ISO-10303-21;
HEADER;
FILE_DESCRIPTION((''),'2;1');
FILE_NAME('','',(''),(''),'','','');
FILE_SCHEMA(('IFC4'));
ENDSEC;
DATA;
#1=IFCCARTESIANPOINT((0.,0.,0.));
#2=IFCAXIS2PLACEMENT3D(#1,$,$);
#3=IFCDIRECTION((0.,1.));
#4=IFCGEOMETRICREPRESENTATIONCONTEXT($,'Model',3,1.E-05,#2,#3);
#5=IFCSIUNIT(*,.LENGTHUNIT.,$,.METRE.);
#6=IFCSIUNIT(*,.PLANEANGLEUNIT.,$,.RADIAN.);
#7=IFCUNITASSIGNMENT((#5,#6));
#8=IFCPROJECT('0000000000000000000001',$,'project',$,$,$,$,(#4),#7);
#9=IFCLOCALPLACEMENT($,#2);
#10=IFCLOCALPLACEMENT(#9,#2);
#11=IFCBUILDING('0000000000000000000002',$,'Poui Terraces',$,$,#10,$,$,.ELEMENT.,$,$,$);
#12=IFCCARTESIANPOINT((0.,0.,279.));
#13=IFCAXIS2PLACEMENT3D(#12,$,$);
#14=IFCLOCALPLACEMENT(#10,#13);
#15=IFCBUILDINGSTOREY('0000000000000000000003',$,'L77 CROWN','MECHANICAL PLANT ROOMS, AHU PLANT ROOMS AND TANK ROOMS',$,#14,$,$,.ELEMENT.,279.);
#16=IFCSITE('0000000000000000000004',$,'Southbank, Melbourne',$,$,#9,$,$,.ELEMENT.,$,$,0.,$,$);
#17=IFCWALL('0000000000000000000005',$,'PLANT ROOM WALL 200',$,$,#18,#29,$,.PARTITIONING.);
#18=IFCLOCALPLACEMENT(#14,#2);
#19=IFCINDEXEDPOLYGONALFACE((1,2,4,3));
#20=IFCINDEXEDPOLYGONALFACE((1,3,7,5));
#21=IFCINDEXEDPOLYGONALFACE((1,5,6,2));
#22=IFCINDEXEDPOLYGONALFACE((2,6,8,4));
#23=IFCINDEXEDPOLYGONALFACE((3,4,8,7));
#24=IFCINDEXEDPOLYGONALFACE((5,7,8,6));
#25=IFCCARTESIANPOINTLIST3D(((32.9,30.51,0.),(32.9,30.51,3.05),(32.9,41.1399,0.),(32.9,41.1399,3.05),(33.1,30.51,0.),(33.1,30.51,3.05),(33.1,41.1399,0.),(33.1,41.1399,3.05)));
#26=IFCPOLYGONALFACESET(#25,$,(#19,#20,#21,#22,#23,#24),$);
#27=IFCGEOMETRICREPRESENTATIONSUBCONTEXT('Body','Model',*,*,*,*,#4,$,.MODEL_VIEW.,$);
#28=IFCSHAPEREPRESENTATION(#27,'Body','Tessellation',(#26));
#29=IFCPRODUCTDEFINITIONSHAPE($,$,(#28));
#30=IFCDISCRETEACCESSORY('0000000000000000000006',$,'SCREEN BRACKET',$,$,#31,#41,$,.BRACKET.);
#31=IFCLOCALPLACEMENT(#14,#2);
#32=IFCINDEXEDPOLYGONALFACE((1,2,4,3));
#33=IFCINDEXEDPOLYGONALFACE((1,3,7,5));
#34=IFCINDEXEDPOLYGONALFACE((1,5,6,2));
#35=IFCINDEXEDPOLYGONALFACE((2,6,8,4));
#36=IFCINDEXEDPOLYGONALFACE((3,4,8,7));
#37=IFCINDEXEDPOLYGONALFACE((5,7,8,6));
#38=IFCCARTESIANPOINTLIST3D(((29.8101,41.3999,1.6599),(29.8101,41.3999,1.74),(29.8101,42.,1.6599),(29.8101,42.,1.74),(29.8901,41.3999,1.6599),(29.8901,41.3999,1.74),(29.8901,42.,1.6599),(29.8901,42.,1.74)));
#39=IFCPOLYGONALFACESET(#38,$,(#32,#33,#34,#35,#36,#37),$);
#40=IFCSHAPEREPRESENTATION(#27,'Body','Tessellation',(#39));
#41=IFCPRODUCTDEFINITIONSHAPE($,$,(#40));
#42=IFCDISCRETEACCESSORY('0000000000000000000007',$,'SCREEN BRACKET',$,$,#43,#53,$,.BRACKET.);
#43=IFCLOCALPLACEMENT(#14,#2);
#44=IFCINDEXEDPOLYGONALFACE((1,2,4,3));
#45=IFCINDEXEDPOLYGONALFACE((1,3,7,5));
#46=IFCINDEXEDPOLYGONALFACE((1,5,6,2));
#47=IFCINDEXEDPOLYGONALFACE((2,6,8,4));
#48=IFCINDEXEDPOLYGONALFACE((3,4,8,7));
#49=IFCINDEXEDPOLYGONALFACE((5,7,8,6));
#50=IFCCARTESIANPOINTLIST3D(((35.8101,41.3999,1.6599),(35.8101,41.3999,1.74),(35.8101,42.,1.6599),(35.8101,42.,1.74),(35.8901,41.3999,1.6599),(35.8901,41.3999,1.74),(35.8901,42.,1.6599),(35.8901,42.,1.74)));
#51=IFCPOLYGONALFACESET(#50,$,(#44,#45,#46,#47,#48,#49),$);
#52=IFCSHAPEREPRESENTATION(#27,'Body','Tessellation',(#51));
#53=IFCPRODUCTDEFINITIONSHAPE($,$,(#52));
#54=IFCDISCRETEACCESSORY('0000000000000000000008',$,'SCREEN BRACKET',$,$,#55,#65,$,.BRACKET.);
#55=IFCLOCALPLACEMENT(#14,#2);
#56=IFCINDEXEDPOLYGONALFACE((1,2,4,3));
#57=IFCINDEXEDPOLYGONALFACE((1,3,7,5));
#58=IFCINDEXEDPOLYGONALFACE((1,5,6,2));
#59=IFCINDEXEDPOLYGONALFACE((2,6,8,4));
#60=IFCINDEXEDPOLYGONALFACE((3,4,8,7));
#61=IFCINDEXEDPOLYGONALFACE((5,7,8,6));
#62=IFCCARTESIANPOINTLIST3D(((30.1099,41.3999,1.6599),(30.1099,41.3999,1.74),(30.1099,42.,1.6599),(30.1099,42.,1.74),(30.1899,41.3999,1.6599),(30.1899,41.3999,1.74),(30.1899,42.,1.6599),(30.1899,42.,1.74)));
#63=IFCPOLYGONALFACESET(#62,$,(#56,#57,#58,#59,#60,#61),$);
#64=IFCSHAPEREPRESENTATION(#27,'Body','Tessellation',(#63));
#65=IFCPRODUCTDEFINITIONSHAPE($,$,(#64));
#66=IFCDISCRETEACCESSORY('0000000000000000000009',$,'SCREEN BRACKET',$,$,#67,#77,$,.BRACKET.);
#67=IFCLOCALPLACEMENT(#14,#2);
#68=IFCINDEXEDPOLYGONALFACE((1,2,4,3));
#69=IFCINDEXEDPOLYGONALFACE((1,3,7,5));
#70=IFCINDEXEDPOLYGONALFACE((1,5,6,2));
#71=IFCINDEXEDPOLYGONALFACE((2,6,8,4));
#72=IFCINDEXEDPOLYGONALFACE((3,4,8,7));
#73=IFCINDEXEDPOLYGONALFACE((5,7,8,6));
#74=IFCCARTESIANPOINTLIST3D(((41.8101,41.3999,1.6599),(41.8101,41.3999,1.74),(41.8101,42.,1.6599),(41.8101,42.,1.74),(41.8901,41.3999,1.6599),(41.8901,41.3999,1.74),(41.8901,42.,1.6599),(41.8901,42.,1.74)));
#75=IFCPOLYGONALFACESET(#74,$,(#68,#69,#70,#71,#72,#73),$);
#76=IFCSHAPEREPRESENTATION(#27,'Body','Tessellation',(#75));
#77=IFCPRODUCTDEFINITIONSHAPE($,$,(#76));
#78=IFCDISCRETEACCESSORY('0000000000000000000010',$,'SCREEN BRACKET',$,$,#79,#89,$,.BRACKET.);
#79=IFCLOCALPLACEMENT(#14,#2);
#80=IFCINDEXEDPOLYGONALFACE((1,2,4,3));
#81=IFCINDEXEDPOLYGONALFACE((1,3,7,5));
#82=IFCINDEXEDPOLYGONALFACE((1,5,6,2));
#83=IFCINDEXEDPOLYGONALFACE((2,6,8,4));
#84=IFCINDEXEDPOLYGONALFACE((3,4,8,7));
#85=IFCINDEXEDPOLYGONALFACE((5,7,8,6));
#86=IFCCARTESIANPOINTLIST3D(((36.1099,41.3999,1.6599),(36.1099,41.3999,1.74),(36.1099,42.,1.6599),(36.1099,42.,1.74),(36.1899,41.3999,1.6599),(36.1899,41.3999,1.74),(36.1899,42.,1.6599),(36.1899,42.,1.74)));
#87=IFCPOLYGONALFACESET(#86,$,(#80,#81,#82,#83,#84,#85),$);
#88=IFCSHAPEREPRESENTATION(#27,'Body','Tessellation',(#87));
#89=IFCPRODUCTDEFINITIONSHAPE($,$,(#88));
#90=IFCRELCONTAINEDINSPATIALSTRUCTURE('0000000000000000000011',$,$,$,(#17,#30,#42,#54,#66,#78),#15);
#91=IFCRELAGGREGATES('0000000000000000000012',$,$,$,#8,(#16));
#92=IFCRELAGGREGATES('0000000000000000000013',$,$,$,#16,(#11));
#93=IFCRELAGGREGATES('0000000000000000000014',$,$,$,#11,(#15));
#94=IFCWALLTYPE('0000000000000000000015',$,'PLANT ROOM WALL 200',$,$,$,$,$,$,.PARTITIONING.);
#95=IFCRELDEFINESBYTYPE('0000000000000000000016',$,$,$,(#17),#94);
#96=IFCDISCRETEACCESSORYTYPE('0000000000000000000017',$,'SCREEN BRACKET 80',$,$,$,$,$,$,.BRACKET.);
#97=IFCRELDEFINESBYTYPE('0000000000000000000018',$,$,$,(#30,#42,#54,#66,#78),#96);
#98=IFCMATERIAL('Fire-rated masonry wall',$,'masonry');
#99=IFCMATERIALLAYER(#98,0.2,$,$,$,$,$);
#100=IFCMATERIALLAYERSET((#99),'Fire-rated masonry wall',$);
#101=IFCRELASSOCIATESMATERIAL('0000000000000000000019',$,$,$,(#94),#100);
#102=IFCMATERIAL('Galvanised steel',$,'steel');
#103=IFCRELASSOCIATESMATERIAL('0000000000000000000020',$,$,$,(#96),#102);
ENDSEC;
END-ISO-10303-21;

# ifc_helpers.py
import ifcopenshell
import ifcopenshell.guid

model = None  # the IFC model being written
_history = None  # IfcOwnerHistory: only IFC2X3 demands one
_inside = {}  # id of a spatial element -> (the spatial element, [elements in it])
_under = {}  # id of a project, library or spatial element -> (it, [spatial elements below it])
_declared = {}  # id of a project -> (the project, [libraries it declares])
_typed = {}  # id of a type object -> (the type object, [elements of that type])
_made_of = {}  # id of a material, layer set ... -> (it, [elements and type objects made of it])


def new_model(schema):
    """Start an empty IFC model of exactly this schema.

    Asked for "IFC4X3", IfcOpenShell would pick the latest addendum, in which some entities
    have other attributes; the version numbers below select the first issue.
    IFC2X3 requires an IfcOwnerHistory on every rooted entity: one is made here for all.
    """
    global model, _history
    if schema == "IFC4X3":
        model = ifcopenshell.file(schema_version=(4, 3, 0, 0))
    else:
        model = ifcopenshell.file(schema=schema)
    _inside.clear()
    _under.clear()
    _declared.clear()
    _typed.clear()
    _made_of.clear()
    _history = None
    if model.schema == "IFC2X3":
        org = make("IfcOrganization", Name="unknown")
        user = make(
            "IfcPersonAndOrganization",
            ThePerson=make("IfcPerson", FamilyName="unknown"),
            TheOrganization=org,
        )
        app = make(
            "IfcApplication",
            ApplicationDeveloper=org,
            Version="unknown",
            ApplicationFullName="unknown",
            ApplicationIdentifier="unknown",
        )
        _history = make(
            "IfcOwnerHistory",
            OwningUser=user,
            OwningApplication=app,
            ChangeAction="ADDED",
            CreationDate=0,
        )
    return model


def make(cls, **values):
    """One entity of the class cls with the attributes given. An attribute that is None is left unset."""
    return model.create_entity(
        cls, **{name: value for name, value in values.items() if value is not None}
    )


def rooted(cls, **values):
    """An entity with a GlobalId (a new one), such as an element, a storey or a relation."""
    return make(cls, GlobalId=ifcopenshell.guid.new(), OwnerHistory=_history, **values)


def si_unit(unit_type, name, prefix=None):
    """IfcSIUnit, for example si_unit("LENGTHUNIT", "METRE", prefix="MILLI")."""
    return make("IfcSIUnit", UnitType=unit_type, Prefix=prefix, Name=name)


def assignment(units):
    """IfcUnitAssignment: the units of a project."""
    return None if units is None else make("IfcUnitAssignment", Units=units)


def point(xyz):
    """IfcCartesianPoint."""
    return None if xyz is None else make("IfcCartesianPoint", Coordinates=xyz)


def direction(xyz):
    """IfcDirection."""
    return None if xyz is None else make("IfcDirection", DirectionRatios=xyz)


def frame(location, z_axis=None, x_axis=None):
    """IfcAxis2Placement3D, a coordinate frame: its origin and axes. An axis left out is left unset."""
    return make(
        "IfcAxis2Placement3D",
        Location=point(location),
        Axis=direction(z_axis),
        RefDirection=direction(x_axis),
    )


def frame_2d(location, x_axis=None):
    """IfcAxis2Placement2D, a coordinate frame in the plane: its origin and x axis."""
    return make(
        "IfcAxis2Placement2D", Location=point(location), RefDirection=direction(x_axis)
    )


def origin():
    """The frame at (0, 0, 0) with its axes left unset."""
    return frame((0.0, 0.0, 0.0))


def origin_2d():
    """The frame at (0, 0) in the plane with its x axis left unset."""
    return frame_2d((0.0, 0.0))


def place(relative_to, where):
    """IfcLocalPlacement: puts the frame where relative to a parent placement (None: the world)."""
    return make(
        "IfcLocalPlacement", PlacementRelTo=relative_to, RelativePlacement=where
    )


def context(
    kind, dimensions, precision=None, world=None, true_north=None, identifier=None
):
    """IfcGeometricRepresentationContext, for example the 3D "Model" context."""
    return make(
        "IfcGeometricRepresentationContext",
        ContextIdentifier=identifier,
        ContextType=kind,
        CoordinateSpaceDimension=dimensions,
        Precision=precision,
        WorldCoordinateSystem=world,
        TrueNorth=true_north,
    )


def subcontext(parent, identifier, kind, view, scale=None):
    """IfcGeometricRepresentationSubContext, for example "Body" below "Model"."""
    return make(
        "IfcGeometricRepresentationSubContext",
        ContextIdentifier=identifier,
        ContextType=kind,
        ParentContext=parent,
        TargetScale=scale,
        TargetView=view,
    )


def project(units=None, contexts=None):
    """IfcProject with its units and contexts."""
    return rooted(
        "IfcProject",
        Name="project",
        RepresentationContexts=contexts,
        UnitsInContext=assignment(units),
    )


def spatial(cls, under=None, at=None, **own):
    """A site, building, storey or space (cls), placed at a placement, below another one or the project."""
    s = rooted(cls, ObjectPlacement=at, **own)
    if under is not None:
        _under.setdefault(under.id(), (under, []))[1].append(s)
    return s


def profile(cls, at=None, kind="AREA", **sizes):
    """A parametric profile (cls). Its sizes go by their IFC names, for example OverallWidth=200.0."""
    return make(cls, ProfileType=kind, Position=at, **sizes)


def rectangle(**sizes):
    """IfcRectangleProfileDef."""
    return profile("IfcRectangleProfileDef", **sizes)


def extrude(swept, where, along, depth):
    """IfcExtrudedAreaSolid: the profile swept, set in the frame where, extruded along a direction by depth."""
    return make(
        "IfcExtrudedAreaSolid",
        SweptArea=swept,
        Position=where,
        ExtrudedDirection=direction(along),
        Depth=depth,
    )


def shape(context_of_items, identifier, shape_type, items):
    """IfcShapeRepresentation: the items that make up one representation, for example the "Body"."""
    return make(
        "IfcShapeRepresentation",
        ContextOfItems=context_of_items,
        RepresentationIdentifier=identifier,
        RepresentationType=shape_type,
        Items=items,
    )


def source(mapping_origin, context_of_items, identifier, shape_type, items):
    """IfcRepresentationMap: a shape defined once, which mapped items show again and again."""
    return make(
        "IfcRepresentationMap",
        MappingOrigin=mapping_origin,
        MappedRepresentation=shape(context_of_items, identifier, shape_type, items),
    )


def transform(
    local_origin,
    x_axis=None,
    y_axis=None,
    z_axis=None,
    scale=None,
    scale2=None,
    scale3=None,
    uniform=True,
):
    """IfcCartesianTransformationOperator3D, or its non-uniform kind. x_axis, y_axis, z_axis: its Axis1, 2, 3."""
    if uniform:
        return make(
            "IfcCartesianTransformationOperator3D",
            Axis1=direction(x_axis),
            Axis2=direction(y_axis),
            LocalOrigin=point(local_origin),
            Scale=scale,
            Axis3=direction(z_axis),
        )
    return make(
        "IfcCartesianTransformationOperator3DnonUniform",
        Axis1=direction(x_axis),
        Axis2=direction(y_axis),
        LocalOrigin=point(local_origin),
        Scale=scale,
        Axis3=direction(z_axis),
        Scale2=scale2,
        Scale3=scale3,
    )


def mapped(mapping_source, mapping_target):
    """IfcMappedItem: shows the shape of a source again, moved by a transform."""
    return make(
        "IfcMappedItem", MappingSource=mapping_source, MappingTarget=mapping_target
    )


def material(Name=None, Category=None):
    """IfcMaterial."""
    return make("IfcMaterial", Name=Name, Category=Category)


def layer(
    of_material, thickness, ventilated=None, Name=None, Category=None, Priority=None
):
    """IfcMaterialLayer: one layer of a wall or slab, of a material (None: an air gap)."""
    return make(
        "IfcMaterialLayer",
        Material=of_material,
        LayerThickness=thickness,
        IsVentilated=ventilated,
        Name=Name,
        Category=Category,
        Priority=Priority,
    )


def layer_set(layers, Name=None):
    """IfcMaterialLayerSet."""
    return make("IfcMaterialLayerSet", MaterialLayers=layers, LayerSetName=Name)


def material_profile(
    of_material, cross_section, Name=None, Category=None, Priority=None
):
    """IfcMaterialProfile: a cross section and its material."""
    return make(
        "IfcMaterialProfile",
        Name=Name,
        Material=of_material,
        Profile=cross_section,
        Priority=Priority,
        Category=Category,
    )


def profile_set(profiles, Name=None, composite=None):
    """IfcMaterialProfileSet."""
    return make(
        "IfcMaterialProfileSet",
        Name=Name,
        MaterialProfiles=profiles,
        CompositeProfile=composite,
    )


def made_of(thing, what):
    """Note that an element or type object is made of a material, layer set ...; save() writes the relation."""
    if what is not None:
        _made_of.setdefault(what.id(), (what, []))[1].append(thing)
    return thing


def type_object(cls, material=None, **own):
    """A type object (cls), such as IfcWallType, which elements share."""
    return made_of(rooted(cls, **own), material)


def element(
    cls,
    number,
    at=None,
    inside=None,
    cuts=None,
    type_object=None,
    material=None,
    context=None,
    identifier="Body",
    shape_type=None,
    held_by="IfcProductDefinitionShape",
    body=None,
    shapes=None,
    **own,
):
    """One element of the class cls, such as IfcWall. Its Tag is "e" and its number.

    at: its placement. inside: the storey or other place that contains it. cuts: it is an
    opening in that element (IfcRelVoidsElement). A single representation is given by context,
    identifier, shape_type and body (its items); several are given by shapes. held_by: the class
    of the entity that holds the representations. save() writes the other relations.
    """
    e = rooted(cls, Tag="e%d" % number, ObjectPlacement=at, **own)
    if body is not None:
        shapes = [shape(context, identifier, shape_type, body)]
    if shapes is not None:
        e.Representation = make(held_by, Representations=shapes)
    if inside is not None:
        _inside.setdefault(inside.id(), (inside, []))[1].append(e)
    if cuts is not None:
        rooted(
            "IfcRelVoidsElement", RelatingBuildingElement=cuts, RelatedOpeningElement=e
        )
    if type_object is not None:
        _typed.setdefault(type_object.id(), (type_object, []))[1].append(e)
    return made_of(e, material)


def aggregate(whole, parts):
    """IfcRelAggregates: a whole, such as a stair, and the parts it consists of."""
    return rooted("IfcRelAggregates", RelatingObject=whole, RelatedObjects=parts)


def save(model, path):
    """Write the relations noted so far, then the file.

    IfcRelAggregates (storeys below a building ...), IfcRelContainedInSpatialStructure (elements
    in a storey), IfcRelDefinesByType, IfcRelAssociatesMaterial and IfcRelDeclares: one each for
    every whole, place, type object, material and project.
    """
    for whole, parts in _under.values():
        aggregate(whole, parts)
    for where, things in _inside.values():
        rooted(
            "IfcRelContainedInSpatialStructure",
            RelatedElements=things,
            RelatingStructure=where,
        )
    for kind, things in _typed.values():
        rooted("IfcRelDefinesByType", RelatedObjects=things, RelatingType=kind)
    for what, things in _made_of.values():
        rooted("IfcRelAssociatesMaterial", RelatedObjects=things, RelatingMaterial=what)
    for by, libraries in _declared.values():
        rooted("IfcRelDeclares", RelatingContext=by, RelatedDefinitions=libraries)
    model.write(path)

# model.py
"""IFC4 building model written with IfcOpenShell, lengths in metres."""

from ifc_helpers import new_model, si_unit, direction, frame, frame_2d, origin, origin_2d, place, context, subcontext, project, spatial, rectangle, extrude, source, transform, mapped, material, layer, layer_set, material_profile, profile_set, type_object, element, save


model = new_model("IFC4")

# Units and contexts
model_context = context("Model", 3, precision=1e-05, world=origin(), true_north=direction((0.0, 1.0)))
body_context = subcontext(model_context, "Body", "Model", "MODEL_VIEW")
ifc_project = project(units=[si_unit("LENGTHUNIT", "METRE"), si_unit("PLANEANGLEUNIT", "RADIAN")], contexts=[model_context])

# Site, building, storey
site_placement = place(None, origin())
site = spatial("IfcSite", under=ifc_project, at=site_placement, Name="Southbank, Melbourne", CompositionType="ELEMENT", RefElevation=0.0)
building_placement = place(site_placement, origin())
building = spatial("IfcBuilding", under=site, at=building_placement, Name="Poui Terraces", CompositionType="ELEMENT")
storey_placement = place(building_placement, frame((0.0, 0.0, 279.0)))
storey = spatial("IfcBuildingStorey", under=building, at=storey_placement, Name="L77 CROWN", Description="MECHANICAL PLANT ROOMS, AHU PLANT ROOMS AND TANK ROOMS", CompositionType="ELEMENT", Elevation=279.0)

# Wall
ifc_material_1 = material(Name="Fire-rated masonry wall", Category="masonry")
ifc_layer_1 = layer(ifc_material_1, 0.2)
ifc_layer_set_1 = layer_set([ifc_layer_1], Name="Fire-rated masonry wall")
wall_type_1 = type_object("IfcWallType", Name="PLANT ROOM WALL 200", PredefinedType="PARTITIONING", material=ifc_layer_set_1)
wall_1_placement = place(storey_placement, frame((33.0, 30.51, 0.0), z_axis=(0.0, 0.0, 1.0), x_axis=(0.0, 1.0, 0.0)))
element("IfcWall", 1, at=wall_1_placement, inside=storey, type_object=wall_type_1, Name="PLANT ROOM WALL 200", PredefinedType="PARTITIONING", context=body_context, shape_type="SweptSolid", body=[
    extrude(rectangle(XDim=10.6299, YDim=0.2, at=frame_2d((5.3149, 0.0))), origin(), (0.0, 0.0, 1.0), 3.05),
])

# Discrete accessories
ifc_material_2 = material(Name="Galvanised steel", Category="steel")
ifc_material_profile_1 = material_profile(ifc_material_2, rectangle(XDim=0.0801, YDim=0.0801, at=origin_2d()), Name="SCREEN BRACKET 80")
ifc_profile_set_1 = profile_set([ifc_material_profile_1], Name="Galvanised steel")
discrete_accessory_type = type_object("IfcDiscreteAccessoryType", Name="SCREEN BRACKET 80", PredefinedType="BRACKET", material=ifc_profile_set_1)
shared_shape_1 = source(origin(), body_context, "Body", "SweptSolid", [
    extrude(rectangle(XDim=0.0801, YDim=0.0801, at=origin_2d()), origin(), (0.0, 0.0, 1.0), 0.6001),
])
for number, where, z_axis, x_axis, name in (
    (2, (29.8501, 41.3999, 1.7), (0.0, 1.0, 0.0), (-1.0, 0.0, 0.0), "SCREEN BRACKET"),
    (3, (35.8501, 41.3999, 1.7), (0.0, 1.0, 0.0), (-1.0, 0.0, 0.0), "SCREEN BRACKET"),
    (4, (30.1499, 41.3999, 1.7), (0.0, 1.0, 0.0), (-1.0, 0.0, 0.0), "SCREEN BRACKET"),
    (5, (41.8501, 41.3999, 1.7), (0.0, 1.0, 0.0), (-1.0, 0.0, 0.0), "SCREEN BRACKET"),
    (6, (36.1499, 41.3999, 1.7), (0.0, 1.0, 0.0), (-1.0, 0.0, 0.0), "SCREEN BRACKET"),
):
    element("IfcDiscreteAccessory", number, at=place(storey_placement, frame(where, z_axis=z_axis, x_axis=x_axis)), inside=storey, type_object=discrete_accessory_type, Name=name, PredefinedType="BRACKET", context=body_context, shape_type="MappedRepresentation", body=[
        mapped(shared_shape_1, transform((0.0, 0.0, 0.0))),
    ])

save(model, "model.ifc")
